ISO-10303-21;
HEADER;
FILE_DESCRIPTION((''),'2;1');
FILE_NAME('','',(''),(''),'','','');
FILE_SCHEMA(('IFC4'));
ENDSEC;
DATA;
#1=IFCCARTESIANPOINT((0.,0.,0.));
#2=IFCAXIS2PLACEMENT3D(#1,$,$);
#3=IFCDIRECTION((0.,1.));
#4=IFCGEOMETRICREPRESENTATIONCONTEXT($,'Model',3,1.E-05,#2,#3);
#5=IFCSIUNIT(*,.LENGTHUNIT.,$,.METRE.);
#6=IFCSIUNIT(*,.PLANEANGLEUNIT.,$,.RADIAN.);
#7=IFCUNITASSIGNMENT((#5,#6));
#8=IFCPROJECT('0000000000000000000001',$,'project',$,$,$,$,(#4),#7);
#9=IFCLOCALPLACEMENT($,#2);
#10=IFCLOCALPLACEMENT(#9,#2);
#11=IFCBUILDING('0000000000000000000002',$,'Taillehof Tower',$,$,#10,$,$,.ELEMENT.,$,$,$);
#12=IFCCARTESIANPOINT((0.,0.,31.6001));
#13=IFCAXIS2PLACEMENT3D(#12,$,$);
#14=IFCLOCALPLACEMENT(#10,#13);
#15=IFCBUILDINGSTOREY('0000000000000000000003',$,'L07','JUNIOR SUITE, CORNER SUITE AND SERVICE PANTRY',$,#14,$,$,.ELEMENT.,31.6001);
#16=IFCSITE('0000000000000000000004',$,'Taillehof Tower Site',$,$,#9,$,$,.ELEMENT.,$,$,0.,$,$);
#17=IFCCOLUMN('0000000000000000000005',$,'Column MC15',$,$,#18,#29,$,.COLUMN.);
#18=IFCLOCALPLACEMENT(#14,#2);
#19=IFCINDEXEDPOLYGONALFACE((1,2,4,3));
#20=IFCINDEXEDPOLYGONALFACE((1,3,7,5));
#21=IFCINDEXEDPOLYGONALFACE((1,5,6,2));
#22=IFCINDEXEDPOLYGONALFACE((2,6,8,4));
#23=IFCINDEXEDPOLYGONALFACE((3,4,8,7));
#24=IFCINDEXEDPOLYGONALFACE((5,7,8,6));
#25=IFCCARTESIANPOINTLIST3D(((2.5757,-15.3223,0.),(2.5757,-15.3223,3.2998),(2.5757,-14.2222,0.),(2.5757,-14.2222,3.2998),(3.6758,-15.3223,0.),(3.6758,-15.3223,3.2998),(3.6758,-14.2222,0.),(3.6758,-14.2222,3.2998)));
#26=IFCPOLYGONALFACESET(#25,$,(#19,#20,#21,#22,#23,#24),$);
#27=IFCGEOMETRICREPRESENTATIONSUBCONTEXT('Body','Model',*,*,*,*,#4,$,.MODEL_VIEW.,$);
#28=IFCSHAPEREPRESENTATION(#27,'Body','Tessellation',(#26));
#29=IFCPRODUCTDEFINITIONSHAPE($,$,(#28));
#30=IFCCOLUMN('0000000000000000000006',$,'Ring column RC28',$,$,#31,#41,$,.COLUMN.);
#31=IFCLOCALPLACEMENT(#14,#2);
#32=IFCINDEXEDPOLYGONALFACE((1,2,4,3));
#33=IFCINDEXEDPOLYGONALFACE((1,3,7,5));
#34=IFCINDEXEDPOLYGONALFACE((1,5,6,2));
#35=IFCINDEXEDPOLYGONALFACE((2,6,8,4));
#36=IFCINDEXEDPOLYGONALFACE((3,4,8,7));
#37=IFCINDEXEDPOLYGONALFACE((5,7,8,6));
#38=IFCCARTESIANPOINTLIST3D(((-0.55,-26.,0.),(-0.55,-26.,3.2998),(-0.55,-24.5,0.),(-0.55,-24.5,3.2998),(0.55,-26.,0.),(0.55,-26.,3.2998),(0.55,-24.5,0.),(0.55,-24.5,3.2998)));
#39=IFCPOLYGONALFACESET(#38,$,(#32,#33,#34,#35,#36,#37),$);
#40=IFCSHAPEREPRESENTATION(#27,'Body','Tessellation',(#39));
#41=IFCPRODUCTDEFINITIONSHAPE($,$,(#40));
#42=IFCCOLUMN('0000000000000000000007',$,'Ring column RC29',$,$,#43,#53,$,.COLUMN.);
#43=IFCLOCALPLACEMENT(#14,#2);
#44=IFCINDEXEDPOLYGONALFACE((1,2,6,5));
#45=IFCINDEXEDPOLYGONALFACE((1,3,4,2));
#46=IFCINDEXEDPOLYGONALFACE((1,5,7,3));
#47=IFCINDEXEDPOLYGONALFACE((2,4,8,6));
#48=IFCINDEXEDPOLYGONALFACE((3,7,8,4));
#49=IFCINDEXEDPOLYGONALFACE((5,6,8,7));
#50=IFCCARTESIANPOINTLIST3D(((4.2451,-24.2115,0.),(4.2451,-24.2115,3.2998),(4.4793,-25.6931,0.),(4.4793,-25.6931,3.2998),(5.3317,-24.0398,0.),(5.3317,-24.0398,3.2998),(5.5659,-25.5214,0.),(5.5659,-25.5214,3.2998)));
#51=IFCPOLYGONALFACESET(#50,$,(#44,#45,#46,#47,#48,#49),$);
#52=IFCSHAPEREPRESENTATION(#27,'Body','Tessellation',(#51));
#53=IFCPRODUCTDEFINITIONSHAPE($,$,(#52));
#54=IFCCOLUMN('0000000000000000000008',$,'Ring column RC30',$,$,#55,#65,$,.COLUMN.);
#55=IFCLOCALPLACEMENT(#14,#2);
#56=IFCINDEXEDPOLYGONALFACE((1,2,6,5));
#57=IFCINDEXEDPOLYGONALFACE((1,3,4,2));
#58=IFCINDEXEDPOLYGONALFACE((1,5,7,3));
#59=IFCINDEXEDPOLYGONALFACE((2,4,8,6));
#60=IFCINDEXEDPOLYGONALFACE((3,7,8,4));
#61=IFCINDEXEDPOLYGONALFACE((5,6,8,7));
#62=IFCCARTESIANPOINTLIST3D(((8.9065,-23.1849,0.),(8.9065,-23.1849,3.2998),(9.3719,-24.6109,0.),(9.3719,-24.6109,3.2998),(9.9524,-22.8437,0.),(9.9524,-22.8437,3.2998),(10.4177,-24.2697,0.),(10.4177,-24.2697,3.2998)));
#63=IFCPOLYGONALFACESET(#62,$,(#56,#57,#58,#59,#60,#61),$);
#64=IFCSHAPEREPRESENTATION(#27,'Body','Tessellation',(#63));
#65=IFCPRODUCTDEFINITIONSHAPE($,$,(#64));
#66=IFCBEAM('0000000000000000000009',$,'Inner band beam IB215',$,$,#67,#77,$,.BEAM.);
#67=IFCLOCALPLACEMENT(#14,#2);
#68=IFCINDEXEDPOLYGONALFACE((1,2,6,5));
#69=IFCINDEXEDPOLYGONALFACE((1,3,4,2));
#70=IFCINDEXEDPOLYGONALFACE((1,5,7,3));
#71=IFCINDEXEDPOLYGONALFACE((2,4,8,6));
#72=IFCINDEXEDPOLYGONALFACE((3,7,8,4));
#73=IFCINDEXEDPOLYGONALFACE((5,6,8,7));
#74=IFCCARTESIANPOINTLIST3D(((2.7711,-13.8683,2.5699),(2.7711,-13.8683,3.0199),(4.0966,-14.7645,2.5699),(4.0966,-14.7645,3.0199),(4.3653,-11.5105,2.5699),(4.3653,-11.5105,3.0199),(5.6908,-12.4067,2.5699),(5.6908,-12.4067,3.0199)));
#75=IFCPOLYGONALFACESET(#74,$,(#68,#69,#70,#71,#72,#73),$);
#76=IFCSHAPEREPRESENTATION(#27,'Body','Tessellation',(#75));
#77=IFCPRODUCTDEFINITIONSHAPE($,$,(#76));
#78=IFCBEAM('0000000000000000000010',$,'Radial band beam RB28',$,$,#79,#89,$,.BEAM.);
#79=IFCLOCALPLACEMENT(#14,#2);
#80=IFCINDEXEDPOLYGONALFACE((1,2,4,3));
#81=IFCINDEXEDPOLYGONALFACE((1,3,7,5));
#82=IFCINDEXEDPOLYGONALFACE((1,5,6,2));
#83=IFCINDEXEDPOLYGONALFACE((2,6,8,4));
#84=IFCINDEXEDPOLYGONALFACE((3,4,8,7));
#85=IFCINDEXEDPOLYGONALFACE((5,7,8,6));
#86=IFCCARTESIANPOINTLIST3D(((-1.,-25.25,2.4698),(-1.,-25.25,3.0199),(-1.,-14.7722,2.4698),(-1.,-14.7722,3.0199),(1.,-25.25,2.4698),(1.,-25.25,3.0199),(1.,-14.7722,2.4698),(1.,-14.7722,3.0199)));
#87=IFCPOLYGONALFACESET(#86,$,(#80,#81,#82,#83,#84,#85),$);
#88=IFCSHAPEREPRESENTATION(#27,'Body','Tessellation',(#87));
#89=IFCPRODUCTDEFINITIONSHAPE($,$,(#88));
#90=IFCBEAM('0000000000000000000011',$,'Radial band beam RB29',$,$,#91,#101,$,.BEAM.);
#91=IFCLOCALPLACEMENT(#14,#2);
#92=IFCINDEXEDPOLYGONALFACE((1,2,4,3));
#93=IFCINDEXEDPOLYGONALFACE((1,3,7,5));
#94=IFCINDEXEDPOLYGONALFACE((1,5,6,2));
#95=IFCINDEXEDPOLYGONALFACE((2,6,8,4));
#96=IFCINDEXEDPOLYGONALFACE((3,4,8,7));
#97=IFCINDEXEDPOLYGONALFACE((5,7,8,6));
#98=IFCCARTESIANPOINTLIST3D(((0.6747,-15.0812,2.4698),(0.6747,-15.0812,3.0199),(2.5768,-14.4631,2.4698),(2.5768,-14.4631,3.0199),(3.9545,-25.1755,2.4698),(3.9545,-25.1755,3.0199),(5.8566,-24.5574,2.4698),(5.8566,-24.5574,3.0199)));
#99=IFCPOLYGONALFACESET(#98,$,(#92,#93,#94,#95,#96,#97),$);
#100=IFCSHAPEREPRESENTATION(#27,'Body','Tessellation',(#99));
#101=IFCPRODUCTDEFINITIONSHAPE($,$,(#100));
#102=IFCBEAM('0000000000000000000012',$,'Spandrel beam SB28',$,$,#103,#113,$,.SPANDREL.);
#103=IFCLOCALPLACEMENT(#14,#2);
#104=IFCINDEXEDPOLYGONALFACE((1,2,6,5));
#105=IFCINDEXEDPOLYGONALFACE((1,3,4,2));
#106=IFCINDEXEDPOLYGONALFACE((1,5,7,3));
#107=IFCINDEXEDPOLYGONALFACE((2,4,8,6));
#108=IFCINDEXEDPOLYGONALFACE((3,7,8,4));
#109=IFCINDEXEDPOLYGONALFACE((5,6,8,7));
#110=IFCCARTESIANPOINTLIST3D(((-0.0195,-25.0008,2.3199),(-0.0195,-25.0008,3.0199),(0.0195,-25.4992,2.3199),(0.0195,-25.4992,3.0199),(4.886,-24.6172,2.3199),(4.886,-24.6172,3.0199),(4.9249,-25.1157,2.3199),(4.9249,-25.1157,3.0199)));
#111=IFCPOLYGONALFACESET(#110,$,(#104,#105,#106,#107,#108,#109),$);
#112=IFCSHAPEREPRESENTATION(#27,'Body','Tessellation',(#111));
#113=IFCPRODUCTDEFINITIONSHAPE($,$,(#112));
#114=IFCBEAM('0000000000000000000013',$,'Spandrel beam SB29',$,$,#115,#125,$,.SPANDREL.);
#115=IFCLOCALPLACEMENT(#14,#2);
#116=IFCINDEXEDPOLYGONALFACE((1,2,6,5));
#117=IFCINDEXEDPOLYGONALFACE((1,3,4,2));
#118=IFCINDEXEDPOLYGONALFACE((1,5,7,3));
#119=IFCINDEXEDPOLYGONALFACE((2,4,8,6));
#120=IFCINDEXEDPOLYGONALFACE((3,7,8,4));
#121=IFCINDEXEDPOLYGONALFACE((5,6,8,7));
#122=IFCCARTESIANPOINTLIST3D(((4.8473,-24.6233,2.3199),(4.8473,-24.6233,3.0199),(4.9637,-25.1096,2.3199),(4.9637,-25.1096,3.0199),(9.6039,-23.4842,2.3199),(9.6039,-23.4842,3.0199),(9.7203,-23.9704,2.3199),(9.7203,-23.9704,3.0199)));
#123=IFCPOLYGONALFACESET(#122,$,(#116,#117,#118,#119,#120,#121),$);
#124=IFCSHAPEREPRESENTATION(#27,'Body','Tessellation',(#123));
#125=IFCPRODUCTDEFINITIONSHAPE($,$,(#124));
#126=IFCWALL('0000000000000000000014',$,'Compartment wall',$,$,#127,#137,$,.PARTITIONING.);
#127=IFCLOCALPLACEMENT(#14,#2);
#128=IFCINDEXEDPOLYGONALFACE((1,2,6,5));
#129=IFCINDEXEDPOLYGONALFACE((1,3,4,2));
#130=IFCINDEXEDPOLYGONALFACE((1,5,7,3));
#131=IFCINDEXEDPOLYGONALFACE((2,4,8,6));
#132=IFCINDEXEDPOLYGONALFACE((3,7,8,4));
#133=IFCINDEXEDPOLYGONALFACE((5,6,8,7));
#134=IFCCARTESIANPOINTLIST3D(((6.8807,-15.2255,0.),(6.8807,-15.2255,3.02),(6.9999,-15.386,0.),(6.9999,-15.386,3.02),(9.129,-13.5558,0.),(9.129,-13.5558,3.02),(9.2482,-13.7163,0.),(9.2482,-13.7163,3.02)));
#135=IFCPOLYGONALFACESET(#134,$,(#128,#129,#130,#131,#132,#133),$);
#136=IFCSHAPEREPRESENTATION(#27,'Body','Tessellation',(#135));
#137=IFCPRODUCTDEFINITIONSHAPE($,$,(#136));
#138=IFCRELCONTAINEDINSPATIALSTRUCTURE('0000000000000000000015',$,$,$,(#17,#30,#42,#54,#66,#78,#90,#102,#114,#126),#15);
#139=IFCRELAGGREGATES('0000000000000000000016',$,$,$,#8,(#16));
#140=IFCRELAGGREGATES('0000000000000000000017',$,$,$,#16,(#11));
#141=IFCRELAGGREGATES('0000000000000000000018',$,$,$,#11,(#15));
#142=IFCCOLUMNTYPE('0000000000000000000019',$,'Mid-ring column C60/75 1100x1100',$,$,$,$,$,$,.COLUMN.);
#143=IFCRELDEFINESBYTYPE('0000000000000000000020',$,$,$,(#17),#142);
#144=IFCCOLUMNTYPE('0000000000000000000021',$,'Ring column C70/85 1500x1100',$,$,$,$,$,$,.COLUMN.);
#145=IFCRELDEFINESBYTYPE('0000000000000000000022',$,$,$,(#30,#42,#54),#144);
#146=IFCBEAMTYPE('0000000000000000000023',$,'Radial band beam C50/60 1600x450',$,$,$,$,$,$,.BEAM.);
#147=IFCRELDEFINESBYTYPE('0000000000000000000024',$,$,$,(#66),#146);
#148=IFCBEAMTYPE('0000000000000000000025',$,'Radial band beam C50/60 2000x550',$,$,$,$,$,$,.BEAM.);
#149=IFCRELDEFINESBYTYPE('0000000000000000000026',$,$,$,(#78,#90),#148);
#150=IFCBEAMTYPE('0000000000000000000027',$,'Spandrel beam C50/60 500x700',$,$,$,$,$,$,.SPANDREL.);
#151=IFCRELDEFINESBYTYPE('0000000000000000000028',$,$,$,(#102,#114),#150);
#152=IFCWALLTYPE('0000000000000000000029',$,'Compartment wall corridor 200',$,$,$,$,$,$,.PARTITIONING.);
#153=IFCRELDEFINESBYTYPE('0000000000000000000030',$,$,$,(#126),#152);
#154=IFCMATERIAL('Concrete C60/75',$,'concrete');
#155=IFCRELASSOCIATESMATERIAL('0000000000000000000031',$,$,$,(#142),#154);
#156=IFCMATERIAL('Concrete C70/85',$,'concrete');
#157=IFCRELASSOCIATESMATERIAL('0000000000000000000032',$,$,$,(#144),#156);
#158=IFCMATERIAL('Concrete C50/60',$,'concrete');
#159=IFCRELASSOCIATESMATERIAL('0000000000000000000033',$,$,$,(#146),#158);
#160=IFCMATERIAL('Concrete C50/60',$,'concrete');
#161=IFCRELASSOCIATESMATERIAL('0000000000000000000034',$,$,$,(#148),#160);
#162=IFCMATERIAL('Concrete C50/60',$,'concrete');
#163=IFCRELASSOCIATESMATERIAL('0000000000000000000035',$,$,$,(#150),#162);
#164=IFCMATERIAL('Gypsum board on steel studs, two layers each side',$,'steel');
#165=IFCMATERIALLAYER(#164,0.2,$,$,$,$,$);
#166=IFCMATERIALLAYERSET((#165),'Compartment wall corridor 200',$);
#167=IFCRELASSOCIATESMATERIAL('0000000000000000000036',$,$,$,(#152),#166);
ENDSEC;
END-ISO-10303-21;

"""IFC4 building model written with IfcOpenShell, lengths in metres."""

from ifc_helpers import new_model, si_unit, direction, frame, frame_2d, origin, origin_2d, place, context, subcontext, project, spatial, rectangle, extrude, material, layer, layer_set, material_profile, profile_set, type_object, element, save


model = new_model("IFC4")

# Units and contexts
model_context = context("Model", 3, precision=1e-05, world=origin(), true_north=direction((0.0, 1.0)))
body_context = subcontext(model_context, "Body", "Model", "MODEL_VIEW")
ifc_project = project(units=[si_unit("LENGTHUNIT", "METRE"), si_unit("PLANEANGLEUNIT", "RADIAN")], contexts=[model_context])

# Site, building, storey
site_placement = place(None, origin())
site = spatial("IfcSite", under=ifc_project, at=site_placement, Name="Taillehof Tower Site", CompositionType="ELEMENT", RefElevation=0.0)
building_placement = place(site_placement, origin())
building = spatial("IfcBuilding", under=site, at=building_placement, Name="Taillehof Tower", CompositionType="ELEMENT")
storey_placement = place(building_placement, frame((0.0, 0.0, 31.6001)))
storey = spatial("IfcBuildingStorey", under=building, at=storey_placement, Name="L07", Description="JUNIOR SUITE, CORNER SUITE AND SERVICE PANTRY", CompositionType="ELEMENT", Elevation=31.6001)

# Columns
ifc_material_1 = material(Name="Concrete C60/75", Category="concrete")
ifc_material_profile_1 = material_profile(ifc_material_1, rectangle(XDim=1.1001, YDim=1.1001, at=origin_2d()), Name="RC 1100x1100")
ifc_profile_set_1 = profile_set([ifc_material_profile_1], Name="Concrete C60/75")
column_type_1 = type_object("IfcColumnType", Name="Mid-ring column C60/75 1100x1100", PredefinedType="COLUMN", material=ifc_profile_set_1)
column_placement = place(storey_placement, frame((3.1257, -14.7722, 0.0), z_axis=(0.0, 0.0, 1.0), x_axis=(1.0, 0.0, 0.0)))
element("IfcColumn", 1, at=column_placement, inside=storey, type_object=column_type_1, Name="Column MC15", PredefinedType="COLUMN", context=body_context, shape_type="SweptSolid", body=[
    extrude(rectangle(XDim=1.1001, YDim=1.1001, at=origin_2d()), origin(), (0.0, 0.0, 1.0), 3.2998),
])
ifc_material_2 = material(Name="Concrete C70/85", Category="concrete")
ifc_material_profile_2 = material_profile(ifc_material_2, rectangle(XDim=1.5, YDim=1.1001, at=origin_2d()), Name="RC 1500x1100")
ifc_profile_set_2 = profile_set([ifc_material_profile_2], Name="Concrete C70/85")
column_type_2 = type_object("IfcColumnType", Name="Ring column C70/85 1500x1100", PredefinedType="COLUMN", material=ifc_profile_set_2)
for number, where, z_axis, x_axis, name in (
    (2, (0.0, -25.25, 0.0), (0.0, 0.0, 1.0), (0.0, -1.0, 0.0), "Ring column RC28"),
    (3, (4.9055, -24.8665, 0.0), (0.0, 0.0, 1.0), (0.156147, -0.987734, 0.0), "Ring column RC29"),
    (4, (9.6621, -23.7273, 0.0), (0.0, 0.0, 1.0), (0.310219, -0.950665, 0.0), "Ring column RC30"),
):
    element("IfcColumn", number, at=place(storey_placement, frame(where, z_axis=z_axis, x_axis=x_axis)), inside=storey, type_object=column_type_2, Name=name, PredefinedType="COLUMN", context=body_context, shape_type="SweptSolid", body=[
        extrude(rectangle(XDim=1.5, YDim=1.1001, at=origin_2d()), origin(), (0.0, 0.0, 1.0), 3.2998),
    ])

# Beams
ifc_material_3 = material(Name="Concrete C50/60", Category="concrete")
ifc_material_profile_3 = material_profile(ifc_material_3, rectangle(XDim=1.6001, YDim=0.45, at=origin_2d()), Name="RC 1600x450")
ifc_profile_set_3 = profile_set([ifc_material_profile_3], Name="Concrete C50/60")
beam_type_1 = type_object("IfcBeamType", Name="Radial band beam C50/60 1600x450", PredefinedType="BEAM", material=ifc_profile_set_3)
beam_1_placement = place(storey_placement, frame((3.4338, -14.3164, 2.7949), z_axis=(0.560112, 0.828417, 0.0), x_axis=(-0.828417, 0.560112, 0.0)))
element("IfcBeam", 5, at=beam_1_placement, inside=storey, type_object=beam_type_1, Name="Inner band beam IB215", PredefinedType="BEAM", context=body_context, shape_type="SweptSolid", body=[
    extrude(rectangle(XDim=1.6001, YDim=0.45, at=origin_2d()), origin(), (0.0, 0.0, 1.0), 2.8462),
])
ifc_material_4 = material(Name="Concrete C50/60", Category="concrete")
ifc_material_profile_4 = material_profile(ifc_material_4, rectangle(XDim=2.0, YDim=0.55, at=origin_2d()), Name="RC 2000x550")
ifc_profile_set_4 = profile_set([ifc_material_profile_4], Name="Concrete C50/60")
beam_type_2 = type_object("IfcBeamType", Name="Radial band beam C50/60 2000x550", PredefinedType="BEAM", material=ifc_profile_set_4)
beam_2_placement = place(storey_placement, frame((0.0, -25.25, 2.7449), z_axis=(0.0, 1.0, 0.0), x_axis=(-1.0, 0.0, 0.0)))
element("IfcBeam", 6, at=beam_2_placement, inside=storey, type_object=beam_type_2, Name="Radial band beam RB28", PredefinedType="BEAM", context=body_context, shape_type="SweptSolid", body=[
    extrude(rectangle(XDim=2.0, YDim=0.55, at=origin_2d()), origin(), (0.0, 0.0, 1.0), 10.4778),
])
beam_3_placement = place(storey_placement, frame((4.9055, -24.8665, 2.7449), z_axis=(-0.309014, 0.951057, 0.0), x_axis=(-0.951057, -0.309014, 0.0)))
element("IfcBeam", 7, at=beam_3_placement, inside=storey, type_object=beam_type_2, Name="Radial band beam RB29", PredefinedType="BEAM", context=body_context, shape_type="SweptSolid", body=[
    extrude(rectangle(XDim=2.0, YDim=0.55, at=origin_2d()), origin(), (0.0, 0.0, 1.0), 10.6138),
])
ifc_material_5 = material(Name="Concrete C50/60", Category="concrete")
ifc_material_profile_5 = material_profile(ifc_material_5, rectangle(XDim=0.5, YDim=0.7, at=origin_2d()), Name="RC 500x700")
ifc_profile_set_5 = profile_set([ifc_material_profile_5], Name="Concrete C50/60")
beam_type_3 = type_object("IfcBeamType", Name="Spandrel beam C50/60 500x700", PredefinedType="SPANDREL", material=ifc_profile_set_5)
beam_4_placement = place(storey_placement, frame((0.0, -25.25, 2.6699), z_axis=(0.996957, 0.077949, 0.0), x_axis=(-0.077949, 0.996957, 0.0)))
element("IfcBeam", 8, at=beam_4_placement, inside=storey, type_object=beam_type_3, Name="Spandrel beam SB28", PredefinedType="SPANDREL", context=body_context, shape_type="SweptSolid", body=[
    extrude(rectangle(XDim=0.5, YDim=0.7, at=origin_2d()), origin(), (0.0, 0.0, 1.0), 4.9204),
])
beam_5_placement = place(storey_placement, frame((4.9055, -24.8665, 2.6699), z_axis=(0.9725, 0.232905, 0.0), x_axis=(-0.232905, 0.9725, 0.0)))
element("IfcBeam", 9, at=beam_5_placement, inside=storey, type_object=beam_type_3, Name="Spandrel beam SB29", PredefinedType="SPANDREL", context=body_context, shape_type="SweptSolid", body=[
    extrude(rectangle(XDim=0.5, YDim=0.7, at=origin_2d()), origin(), (0.0, 0.0, 1.0), 4.8911),
])

# Wall
ifc_material_6 = material(Name="Gypsum board on steel studs, two layers each side", Category="steel")
ifc_layer_1 = layer(ifc_material_6, 0.2)
ifc_layer_set_1 = layer_set([ifc_layer_1], Name="Compartment wall corridor 200")
wall_type_1 = type_object("IfcWallType", Name="Compartment wall corridor 200", PredefinedType="PARTITIONING", material=ifc_layer_set_1)
wall_1_placement = place(storey_placement, frame((9.1887, -13.636, 0.0), z_axis=(0.0, 0.0, 1.0), x_axis=(-0.802826, -0.596213, 0.0)))
element("IfcWall", 10, at=wall_1_placement, inside=storey, type_object=wall_type_1, Name="Compartment wall", PredefinedType="PARTITIONING", context=body_context, shape_type="SweptSolid", body=[
    extrude(rectangle(XDim=2.8005, YDim=0.2, at=frame_2d((1.4004, 0.0))), origin(), (0.0, 0.0, 1.0), 3.02),
])

save(model, "model.ifc")
